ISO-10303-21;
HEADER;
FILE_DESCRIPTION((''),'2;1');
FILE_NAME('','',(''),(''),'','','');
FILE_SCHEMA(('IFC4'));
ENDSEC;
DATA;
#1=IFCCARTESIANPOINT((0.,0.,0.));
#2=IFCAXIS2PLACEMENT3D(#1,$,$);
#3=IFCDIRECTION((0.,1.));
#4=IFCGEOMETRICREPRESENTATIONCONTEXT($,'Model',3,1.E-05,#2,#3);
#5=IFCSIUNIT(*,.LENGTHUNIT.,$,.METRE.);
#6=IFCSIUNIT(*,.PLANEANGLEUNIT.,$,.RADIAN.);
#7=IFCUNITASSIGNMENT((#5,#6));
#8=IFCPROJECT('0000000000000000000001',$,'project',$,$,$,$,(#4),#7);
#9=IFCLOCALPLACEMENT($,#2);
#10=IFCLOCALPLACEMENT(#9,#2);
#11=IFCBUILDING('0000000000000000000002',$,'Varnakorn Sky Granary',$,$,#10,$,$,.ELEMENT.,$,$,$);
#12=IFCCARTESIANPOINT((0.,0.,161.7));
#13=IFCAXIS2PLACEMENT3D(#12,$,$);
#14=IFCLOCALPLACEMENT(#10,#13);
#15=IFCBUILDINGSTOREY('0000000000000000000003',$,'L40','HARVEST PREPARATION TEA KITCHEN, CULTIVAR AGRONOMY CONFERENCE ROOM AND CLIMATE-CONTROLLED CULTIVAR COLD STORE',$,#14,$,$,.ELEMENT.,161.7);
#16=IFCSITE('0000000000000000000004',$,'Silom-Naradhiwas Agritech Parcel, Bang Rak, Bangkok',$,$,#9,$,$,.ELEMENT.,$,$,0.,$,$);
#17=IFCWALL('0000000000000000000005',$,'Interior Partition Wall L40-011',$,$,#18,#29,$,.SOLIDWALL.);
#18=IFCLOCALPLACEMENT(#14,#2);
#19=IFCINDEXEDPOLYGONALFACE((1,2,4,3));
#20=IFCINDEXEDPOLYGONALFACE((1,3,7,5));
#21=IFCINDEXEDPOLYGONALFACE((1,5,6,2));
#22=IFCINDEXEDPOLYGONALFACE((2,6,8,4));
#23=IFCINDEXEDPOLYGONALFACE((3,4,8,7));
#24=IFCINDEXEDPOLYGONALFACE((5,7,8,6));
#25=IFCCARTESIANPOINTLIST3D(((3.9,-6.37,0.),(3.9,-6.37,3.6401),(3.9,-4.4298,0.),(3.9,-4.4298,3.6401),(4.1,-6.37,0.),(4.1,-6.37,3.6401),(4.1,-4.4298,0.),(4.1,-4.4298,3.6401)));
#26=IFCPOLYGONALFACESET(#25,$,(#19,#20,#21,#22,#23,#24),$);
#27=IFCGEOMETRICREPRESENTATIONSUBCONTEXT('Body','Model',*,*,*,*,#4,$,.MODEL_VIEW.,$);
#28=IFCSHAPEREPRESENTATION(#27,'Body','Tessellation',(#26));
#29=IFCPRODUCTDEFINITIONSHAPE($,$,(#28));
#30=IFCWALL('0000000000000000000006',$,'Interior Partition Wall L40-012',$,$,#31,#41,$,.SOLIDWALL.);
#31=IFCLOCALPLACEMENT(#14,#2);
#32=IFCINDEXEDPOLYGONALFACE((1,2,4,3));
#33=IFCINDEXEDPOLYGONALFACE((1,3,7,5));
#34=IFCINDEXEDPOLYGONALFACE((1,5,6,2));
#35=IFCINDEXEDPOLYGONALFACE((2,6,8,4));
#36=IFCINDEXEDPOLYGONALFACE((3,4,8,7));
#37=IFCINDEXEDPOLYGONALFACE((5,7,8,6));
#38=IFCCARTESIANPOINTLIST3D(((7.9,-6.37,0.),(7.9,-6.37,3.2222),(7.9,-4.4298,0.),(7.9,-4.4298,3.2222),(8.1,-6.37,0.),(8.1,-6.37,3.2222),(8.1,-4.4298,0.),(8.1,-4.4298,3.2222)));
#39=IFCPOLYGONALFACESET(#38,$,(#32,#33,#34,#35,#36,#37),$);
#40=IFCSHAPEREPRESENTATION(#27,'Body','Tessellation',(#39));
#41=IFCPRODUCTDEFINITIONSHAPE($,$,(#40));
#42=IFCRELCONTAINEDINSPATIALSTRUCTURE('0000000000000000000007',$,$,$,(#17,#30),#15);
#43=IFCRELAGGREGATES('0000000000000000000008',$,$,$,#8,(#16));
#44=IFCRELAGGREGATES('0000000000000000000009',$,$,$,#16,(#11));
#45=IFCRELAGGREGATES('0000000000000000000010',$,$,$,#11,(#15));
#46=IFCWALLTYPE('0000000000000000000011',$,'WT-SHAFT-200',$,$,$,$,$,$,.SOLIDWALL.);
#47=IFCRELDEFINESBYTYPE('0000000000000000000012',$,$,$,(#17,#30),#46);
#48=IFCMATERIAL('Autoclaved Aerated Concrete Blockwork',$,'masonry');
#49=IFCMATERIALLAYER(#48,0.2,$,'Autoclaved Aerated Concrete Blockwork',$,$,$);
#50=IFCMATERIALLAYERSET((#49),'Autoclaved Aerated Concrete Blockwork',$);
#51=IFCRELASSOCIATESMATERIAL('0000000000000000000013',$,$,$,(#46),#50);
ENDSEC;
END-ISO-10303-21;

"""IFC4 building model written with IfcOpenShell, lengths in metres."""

from ifc_helpers import new_model, si_unit, direction, frame, frame_2d, origin, place, context, subcontext, project, spatial, rectangle, extrude, material, layer, layer_set, type_object, element, save


model = new_model("IFC4")

# Units and contexts
model_context = context("Model", 3, precision=1e-05, world=origin(), true_north=direction((0.0, 1.0)))
body_context = subcontext(model_context, "Body", "Model", "MODEL_VIEW")
ifc_project = project(units=[si_unit("LENGTHUNIT", "METRE"), si_unit("PLANEANGLEUNIT", "RADIAN")], contexts=[model_context])

# Site, building, storey
site_placement = place(None, origin())
site = spatial("IfcSite", under=ifc_project, at=site_placement, Name="Silom-Naradhiwas Agritech Parcel, Bang Rak, Bangkok", CompositionType="ELEMENT", RefElevation=0.0)
building_placement = place(site_placement, origin())
building = spatial("IfcBuilding", under=site, at=building_placement, Name="Varnakorn Sky Granary", CompositionType="ELEMENT")
storey_placement = place(building_placement, frame((0.0, 0.0, 161.7)))
storey = spatial("IfcBuildingStorey", under=building, at=storey_placement, Name="L40", Description="HARVEST PREPARATION TEA KITCHEN, CULTIVAR AGRONOMY CONFERENCE ROOM AND CLIMATE-CONTROLLED CULTIVAR COLD STORE", CompositionType="ELEMENT", Elevation=161.7)

# Shared definitions
ifc_material_1 = material(Name="Autoclaved Aerated Concrete Blockwork", Category="masonry")

# Walls
ifc_layer_1 = layer(ifc_material_1, 0.2, Name="Autoclaved Aerated Concrete Blockwork")
ifc_layer_set_1 = layer_set([ifc_layer_1], Name="Autoclaved Aerated Concrete Blockwork")
wall_type_1 = type_object("IfcWallType", Name="WT-SHAFT-200", PredefinedType="SOLIDWALL", material=ifc_layer_set_1)
wall_1_placement = place(storey_placement, frame((4.0, -6.3701, 0.0), z_axis=(0.0, 0.0, 1.0), x_axis=(0.0, 1.0, 0.0)))
element("IfcWall", 1, at=wall_1_placement, inside=storey, type_object=wall_type_1, Name="Interior Partition Wall L40-011", PredefinedType="SOLIDWALL", context=body_context, shape_type="SweptSolid", body=[
    extrude(rectangle(XDim=1.9402, YDim=0.2, at=frame_2d((0.9702, 0.0))), origin(), (0.0, 0.0, 1.0), 3.6401),
])
wall_2_placement = place(storey_placement, frame((8.0, -6.3701, 0.0), z_axis=(0.0, 0.0, 1.0), x_axis=(0.0, 1.0, 0.0)))
element("IfcWall", 2, at=wall_2_placement, inside=storey, type_object=wall_type_1, Name="Interior Partition Wall L40-012", PredefinedType="SOLIDWALL", context=body_context, shape_type="SweptSolid", body=[
    extrude(rectangle(XDim=1.9402, YDim=0.2, at=frame_2d((0.9702, 0.0))), origin(), (0.0, 0.0, 1.0), 3.2222),
])

save(model, "model.ifc")
